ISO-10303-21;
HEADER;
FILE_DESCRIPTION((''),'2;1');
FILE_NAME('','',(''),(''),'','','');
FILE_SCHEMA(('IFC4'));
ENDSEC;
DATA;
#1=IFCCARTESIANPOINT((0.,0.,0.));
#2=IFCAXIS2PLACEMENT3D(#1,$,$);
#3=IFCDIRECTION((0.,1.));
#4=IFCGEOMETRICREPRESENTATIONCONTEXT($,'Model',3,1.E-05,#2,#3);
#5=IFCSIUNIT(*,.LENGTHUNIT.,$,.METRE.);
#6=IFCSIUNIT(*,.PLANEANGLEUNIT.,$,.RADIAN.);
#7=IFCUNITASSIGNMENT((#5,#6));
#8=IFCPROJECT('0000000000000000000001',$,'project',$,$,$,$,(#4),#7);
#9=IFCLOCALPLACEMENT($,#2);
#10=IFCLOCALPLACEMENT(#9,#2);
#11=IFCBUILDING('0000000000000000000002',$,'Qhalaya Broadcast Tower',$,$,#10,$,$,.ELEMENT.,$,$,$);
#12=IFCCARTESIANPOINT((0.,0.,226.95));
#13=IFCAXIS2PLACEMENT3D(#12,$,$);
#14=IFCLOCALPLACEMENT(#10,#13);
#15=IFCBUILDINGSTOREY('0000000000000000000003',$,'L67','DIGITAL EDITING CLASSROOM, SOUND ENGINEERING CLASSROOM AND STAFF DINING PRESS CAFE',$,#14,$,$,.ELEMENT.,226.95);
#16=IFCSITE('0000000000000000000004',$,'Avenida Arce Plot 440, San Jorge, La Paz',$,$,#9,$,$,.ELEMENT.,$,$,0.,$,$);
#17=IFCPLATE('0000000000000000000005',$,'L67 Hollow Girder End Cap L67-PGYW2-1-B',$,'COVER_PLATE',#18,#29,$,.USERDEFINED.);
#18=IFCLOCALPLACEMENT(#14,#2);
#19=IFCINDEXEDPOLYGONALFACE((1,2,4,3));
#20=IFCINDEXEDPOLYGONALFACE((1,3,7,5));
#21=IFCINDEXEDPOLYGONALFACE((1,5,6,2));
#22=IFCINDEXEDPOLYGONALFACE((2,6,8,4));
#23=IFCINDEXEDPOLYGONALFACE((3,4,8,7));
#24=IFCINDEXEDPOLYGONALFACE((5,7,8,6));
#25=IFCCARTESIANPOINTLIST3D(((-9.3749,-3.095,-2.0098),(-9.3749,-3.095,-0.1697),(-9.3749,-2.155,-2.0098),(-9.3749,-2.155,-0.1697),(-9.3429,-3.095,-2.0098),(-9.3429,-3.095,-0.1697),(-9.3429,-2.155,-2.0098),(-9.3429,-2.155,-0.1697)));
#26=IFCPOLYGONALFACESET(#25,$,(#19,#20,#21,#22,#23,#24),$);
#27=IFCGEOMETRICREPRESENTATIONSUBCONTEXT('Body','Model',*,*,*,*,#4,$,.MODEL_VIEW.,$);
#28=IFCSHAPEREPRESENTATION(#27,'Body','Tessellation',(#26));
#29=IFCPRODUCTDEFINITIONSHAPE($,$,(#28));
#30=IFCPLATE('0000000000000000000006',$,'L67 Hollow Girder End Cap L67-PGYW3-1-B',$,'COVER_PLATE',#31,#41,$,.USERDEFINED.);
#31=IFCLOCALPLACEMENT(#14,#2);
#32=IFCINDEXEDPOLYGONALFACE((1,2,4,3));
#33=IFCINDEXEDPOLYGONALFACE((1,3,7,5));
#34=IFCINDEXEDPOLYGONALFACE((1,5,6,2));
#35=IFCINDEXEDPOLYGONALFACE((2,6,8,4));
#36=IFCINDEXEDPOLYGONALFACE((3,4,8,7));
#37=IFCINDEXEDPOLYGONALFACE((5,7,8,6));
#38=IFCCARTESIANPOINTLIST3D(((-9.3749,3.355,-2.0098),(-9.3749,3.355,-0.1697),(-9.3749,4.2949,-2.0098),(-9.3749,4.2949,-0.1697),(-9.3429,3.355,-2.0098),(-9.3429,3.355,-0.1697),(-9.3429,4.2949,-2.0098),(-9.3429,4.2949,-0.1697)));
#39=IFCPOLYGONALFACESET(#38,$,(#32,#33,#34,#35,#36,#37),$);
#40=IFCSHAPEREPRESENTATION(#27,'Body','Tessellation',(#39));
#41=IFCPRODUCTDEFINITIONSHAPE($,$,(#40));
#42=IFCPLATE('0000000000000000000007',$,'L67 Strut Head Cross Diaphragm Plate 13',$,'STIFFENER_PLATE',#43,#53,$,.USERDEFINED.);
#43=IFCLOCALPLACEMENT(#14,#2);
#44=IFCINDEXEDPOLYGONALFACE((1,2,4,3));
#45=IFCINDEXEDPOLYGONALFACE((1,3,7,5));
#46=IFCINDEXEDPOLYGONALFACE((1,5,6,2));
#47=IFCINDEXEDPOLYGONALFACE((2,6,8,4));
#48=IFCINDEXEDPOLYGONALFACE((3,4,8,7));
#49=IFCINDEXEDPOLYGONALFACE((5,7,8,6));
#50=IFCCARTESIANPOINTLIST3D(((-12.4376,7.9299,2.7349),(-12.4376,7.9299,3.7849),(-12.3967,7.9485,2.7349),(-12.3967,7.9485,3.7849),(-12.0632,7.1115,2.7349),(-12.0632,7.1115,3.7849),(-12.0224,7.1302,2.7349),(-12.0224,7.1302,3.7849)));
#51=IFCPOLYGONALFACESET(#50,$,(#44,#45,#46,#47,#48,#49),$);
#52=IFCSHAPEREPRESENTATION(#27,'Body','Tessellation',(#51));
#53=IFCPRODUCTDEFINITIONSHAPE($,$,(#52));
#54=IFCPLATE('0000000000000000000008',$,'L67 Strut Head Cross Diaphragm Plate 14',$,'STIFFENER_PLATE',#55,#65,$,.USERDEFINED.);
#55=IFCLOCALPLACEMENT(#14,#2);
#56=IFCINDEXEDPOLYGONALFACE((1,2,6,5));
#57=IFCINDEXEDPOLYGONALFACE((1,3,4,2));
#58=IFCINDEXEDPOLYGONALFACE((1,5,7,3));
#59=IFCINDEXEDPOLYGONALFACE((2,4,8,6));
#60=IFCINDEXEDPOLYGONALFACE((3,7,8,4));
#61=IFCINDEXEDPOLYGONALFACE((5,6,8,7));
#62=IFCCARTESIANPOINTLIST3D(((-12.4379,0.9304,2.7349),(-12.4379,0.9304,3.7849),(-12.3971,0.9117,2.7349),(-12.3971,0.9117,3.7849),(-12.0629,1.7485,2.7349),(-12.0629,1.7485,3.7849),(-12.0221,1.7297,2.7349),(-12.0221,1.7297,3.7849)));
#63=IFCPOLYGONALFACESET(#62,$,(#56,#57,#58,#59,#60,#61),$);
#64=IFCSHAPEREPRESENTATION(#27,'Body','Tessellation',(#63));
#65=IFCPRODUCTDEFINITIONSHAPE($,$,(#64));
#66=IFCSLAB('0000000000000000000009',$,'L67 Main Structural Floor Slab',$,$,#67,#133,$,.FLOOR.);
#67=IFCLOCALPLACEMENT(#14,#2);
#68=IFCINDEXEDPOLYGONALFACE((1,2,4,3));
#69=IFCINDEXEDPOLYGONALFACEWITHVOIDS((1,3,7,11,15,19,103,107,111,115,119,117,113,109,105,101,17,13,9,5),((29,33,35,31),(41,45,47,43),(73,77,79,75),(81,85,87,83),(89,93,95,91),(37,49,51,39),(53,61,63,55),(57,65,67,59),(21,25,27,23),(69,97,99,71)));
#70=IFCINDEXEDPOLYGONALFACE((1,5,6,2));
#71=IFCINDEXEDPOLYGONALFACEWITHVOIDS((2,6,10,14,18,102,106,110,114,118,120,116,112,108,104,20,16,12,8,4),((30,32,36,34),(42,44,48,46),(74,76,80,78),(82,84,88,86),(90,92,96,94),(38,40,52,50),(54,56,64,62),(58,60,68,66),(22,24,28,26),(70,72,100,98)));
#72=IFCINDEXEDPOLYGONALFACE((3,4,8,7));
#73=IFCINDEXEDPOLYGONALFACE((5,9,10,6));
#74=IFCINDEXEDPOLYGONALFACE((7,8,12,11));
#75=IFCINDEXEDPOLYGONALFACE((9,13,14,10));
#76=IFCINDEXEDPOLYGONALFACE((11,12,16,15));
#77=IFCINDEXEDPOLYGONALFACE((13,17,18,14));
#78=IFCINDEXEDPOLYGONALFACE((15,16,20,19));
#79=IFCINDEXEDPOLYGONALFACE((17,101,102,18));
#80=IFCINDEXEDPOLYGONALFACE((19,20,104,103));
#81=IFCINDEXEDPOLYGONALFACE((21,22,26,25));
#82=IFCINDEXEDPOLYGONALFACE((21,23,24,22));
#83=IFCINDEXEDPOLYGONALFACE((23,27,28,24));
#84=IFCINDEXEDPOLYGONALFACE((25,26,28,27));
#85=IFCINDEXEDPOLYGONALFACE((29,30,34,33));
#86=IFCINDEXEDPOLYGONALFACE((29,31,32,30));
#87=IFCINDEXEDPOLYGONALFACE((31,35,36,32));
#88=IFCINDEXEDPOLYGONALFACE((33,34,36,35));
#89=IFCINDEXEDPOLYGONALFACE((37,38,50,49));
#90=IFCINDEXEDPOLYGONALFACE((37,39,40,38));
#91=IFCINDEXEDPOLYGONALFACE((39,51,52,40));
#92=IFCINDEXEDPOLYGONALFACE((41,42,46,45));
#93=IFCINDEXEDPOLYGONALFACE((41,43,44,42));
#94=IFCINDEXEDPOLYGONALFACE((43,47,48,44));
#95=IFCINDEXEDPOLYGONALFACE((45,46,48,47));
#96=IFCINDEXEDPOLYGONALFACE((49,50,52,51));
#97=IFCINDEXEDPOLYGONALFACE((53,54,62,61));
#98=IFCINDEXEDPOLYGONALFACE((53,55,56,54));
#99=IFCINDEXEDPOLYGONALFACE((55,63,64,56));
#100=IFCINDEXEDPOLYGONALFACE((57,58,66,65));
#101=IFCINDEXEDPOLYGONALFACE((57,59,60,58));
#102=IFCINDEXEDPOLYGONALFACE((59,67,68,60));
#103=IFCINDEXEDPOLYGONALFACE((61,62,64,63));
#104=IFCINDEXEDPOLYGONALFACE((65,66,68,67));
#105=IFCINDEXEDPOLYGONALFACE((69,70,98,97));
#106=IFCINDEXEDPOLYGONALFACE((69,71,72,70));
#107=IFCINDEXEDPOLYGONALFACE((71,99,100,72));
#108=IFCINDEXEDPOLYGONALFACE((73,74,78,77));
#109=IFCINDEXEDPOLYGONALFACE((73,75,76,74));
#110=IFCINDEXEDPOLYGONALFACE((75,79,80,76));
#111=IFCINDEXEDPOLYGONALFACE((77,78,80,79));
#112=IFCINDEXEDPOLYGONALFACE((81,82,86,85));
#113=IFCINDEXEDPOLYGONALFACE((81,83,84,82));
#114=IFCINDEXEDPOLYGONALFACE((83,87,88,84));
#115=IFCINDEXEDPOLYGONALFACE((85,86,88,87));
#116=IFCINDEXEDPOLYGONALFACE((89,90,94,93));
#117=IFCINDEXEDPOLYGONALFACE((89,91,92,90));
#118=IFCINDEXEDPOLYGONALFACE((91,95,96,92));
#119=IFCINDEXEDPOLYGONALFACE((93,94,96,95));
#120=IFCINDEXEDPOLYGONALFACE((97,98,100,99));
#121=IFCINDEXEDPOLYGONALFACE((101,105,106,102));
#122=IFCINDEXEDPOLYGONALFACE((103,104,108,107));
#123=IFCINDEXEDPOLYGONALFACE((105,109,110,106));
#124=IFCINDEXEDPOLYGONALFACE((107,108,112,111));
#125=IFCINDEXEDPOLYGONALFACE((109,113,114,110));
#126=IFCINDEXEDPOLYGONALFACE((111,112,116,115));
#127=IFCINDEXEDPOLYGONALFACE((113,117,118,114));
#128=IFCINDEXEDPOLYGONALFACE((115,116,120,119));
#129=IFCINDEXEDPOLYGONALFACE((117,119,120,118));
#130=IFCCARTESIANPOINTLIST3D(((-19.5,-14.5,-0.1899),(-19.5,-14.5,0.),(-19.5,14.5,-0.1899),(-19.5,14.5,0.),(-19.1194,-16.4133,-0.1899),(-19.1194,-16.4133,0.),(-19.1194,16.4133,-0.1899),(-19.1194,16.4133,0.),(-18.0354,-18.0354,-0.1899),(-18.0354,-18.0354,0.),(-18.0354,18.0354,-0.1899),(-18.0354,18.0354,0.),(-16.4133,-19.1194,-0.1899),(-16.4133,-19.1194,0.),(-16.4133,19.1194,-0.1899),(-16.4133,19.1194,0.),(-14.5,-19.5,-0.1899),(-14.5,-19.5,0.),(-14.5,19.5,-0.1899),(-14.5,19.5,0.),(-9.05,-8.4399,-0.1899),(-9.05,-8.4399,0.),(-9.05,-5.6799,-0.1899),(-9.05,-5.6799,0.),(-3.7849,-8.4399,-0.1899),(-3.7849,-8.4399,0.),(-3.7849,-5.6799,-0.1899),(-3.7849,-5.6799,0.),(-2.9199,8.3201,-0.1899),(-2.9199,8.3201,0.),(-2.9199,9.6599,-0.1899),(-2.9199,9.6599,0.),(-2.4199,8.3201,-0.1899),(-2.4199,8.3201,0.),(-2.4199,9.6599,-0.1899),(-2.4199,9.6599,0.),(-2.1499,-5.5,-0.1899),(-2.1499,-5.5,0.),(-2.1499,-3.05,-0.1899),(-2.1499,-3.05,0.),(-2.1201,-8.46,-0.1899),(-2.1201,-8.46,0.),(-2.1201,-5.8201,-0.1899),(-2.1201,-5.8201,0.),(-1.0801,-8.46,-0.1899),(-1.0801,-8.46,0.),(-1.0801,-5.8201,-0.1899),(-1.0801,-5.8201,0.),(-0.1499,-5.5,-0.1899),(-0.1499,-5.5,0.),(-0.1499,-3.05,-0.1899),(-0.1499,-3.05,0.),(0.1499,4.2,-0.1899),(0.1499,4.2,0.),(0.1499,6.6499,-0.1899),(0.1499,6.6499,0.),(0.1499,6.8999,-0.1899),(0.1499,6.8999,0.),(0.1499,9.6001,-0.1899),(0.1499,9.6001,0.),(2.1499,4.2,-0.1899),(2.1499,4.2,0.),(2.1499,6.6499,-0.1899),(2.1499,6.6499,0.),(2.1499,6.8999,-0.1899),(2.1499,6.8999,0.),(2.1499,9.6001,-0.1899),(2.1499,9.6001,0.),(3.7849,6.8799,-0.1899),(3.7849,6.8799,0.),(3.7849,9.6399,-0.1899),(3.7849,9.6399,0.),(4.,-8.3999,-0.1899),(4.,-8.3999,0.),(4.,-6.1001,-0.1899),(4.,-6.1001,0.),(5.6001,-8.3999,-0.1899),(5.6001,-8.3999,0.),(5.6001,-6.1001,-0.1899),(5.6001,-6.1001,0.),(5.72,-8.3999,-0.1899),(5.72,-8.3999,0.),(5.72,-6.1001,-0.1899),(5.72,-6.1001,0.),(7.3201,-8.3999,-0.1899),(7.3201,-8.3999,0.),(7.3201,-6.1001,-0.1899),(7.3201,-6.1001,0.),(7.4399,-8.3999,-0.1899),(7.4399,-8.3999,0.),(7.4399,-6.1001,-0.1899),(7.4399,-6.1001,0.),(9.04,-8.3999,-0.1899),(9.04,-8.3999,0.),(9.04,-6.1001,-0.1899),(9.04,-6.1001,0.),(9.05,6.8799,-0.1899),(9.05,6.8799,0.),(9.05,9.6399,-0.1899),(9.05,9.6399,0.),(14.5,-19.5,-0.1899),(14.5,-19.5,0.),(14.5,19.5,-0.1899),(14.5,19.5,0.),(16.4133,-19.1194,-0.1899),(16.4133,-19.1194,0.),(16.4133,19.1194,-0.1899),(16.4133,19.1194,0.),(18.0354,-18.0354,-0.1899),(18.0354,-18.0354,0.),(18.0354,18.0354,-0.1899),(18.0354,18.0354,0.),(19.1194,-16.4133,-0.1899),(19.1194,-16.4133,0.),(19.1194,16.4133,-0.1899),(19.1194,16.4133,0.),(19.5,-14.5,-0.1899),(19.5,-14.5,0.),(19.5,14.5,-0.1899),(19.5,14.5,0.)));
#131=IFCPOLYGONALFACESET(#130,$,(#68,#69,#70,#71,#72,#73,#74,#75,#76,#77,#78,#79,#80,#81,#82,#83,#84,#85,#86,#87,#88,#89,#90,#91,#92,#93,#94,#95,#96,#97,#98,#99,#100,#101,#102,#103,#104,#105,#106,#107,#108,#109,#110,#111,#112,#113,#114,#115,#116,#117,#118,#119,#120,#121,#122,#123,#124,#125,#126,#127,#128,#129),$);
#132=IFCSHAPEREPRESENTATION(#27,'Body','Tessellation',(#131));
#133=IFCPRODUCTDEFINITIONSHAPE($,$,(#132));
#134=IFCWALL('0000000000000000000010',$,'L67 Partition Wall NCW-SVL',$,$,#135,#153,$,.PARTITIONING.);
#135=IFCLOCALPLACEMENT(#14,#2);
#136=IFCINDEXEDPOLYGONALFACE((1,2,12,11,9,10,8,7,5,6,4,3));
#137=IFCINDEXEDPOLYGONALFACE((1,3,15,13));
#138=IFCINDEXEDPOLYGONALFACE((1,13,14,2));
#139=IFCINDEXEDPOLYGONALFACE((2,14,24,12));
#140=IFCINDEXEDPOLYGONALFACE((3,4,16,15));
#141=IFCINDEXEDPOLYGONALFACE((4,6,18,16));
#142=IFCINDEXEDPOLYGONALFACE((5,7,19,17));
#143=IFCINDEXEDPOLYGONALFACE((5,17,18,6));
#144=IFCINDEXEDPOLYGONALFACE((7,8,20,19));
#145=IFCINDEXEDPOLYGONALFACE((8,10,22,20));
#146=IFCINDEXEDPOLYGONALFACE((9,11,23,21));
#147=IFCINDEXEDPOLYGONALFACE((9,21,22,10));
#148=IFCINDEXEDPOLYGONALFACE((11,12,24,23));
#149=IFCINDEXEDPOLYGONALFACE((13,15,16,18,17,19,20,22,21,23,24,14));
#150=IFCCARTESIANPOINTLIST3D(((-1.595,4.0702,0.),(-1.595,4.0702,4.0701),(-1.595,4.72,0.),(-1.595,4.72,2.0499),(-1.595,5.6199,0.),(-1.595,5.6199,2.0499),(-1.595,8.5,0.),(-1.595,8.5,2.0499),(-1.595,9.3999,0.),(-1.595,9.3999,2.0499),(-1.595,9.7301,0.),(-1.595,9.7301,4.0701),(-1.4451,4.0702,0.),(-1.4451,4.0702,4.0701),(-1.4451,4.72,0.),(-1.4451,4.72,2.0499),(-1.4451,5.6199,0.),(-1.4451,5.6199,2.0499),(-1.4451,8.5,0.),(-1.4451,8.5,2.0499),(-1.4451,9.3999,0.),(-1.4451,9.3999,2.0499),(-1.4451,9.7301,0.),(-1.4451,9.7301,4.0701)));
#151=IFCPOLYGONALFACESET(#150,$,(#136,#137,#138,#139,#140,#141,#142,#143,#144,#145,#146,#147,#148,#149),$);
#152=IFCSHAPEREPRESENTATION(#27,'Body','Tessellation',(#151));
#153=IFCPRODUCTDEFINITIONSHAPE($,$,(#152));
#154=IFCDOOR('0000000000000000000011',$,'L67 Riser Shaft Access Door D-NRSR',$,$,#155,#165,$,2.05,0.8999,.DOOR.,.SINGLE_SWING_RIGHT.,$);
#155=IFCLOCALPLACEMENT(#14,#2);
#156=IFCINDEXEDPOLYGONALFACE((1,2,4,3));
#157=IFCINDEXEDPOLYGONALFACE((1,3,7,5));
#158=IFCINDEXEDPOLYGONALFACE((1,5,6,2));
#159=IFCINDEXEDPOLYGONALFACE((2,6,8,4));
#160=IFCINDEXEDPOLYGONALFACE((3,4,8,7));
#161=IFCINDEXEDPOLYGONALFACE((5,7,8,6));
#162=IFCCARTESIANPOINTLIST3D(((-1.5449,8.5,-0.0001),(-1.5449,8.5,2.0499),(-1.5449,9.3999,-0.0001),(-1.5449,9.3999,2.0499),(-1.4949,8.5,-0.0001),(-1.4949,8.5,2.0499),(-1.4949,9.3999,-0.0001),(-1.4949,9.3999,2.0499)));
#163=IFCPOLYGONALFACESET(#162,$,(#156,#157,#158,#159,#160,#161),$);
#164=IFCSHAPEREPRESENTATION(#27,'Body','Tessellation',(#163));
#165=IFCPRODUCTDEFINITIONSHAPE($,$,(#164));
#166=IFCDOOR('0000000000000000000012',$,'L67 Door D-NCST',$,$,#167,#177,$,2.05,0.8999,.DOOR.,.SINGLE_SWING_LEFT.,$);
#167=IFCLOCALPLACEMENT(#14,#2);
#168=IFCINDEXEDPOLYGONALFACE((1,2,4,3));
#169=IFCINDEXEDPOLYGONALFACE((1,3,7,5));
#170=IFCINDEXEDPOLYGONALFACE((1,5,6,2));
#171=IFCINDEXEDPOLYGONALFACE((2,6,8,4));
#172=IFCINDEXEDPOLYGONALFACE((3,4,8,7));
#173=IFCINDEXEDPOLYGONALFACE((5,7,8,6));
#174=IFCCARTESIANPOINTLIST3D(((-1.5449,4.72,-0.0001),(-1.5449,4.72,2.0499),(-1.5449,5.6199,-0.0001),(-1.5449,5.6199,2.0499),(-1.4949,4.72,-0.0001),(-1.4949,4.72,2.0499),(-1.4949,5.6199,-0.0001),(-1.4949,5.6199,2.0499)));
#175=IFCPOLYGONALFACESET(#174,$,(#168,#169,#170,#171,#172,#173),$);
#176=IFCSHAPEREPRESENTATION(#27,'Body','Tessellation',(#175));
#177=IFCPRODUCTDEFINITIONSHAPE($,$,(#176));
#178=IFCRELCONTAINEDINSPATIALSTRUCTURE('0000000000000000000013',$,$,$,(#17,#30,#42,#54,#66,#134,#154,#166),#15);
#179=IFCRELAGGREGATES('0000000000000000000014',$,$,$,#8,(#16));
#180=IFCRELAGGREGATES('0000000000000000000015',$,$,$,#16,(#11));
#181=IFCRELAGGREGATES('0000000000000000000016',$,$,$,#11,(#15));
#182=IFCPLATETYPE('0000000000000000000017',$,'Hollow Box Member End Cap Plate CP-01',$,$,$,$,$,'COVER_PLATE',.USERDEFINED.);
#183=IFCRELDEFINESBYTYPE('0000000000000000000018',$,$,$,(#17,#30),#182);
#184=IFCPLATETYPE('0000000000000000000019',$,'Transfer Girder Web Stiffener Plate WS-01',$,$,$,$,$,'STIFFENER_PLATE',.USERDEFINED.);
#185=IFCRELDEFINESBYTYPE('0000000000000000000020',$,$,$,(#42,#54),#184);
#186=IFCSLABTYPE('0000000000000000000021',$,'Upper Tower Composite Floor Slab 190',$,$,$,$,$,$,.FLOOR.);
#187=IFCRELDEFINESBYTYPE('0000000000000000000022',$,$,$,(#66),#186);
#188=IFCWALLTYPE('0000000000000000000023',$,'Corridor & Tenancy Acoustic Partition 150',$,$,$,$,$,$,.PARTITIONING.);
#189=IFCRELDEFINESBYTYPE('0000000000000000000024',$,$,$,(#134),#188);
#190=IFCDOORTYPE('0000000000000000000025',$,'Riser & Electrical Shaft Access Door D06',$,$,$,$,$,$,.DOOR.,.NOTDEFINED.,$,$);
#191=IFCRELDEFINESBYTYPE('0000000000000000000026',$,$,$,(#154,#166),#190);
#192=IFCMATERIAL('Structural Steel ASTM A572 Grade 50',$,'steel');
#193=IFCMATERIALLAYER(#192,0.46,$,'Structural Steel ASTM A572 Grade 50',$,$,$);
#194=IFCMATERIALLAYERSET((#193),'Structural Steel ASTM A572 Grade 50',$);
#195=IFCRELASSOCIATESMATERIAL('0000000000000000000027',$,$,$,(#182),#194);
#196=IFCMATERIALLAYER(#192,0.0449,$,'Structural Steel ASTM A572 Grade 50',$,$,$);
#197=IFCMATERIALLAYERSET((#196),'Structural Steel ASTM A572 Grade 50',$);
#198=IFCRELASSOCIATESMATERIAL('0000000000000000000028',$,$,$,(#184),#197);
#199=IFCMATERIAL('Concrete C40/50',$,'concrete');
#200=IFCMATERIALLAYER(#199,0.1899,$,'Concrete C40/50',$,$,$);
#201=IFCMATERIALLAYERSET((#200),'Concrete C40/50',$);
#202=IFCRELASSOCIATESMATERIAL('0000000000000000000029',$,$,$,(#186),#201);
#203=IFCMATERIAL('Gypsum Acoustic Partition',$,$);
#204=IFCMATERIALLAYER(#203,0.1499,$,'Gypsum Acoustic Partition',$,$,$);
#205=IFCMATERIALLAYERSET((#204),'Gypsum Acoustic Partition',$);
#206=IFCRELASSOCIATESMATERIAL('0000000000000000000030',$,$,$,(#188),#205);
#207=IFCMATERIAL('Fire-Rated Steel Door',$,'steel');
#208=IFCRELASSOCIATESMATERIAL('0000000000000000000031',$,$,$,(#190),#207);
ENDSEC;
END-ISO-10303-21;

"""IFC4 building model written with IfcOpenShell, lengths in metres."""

from ifc_helpers import new_model, si_unit, direction, frame, frame_2d, origin, origin_2d, place, context, subcontext, project, spatial, polyline, rectangle, outline, extrude, material, layer, layer_set, type_object, element, fill, save


model = new_model("IFC4")

# Units and contexts
model_context = context("Model", 3, precision=1e-05, world=origin(), true_north=direction((0.0, 1.0)))
body_context = subcontext(model_context, "Body", "Model", "MODEL_VIEW")
ifc_project = project(units=[si_unit("LENGTHUNIT", "METRE"), si_unit("PLANEANGLEUNIT", "RADIAN")], contexts=[model_context])

# Site, building, storey
site_placement = place(None, origin())
site = spatial("IfcSite", under=ifc_project, at=site_placement, Name="Avenida Arce Plot 440, San Jorge, La Paz", CompositionType="ELEMENT", RefElevation=0.0)
building_placement = place(site_placement, origin())
building = spatial("IfcBuilding", under=site, at=building_placement, Name="Qhalaya Broadcast Tower", CompositionType="ELEMENT")
storey_placement = place(building_placement, frame((0.0, 0.0, 226.95)))
storey = spatial("IfcBuildingStorey", under=building, at=storey_placement, Name="L67", Description="DIGITAL EDITING CLASSROOM, SOUND ENGINEERING CLASSROOM AND STAFF DINING PRESS CAFE", CompositionType="ELEMENT", Elevation=226.95)

# Plates
ifc_material_1 = material(Name="Structural Steel ASTM A572 Grade 50", Category="steel")
ifc_layer_1 = layer(ifc_material_1, 0.46, Name="Structural Steel ASTM A572 Grade 50")
ifc_layer_set_1 = layer_set([ifc_layer_1], Name="Structural Steel ASTM A572 Grade 50")
plate_type_1 = type_object("IfcPlateType", Name="Hollow Box Member End Cap Plate CP-01", ElementType="COVER_PLATE", PredefinedType="USERDEFINED", material=ifc_layer_set_1)
for number, where, z_axis, x_axis, name in (
    (1, (-9.3589, -2.625, -2.0098), (0.0, 0.0, 1.0), (0.0, 1.0, 0.0), "L67 Hollow Girder End Cap L67-PGYW2-1-B"),
    (2, (-9.3589, 3.825, -2.0098), (0.0, 0.0, 1.0), (0.0, 1.0, 0.0), "L67 Hollow Girder End Cap L67-PGYW3-1-B"),
):
    element("IfcPlate", number, at=place(storey_placement, frame(where, z_axis=z_axis, x_axis=x_axis)), inside=storey, type_object=plate_type_1, Name=name, ObjectType="COVER_PLATE", PredefinedType="USERDEFINED", context=body_context, shape_type="SweptSolid", body=[
        extrude(rectangle(XDim=0.9399, YDim=0.032, at=origin_2d()), origin(), (0.0, 0.0, 1.0), 1.8401),
    ])
ifc_layer_2 = layer(ifc_material_1, 0.0449, Name="Structural Steel ASTM A572 Grade 50")
ifc_layer_set_2 = layer_set([ifc_layer_2], Name="Structural Steel ASTM A572 Grade 50")
plate_type_2 = type_object("IfcPlateType", Name="Transfer Girder Web Stiffener Plate WS-01", ElementType="STIFFENER_PLATE", PredefinedType="USERDEFINED", material=ifc_layer_set_2)
for number, where, z_axis, x_axis, name in (
    (3, (-12.23, 7.53, 2.7349), (0.0, 0.0, 1.0), (-0.415963, 0.909381, 0.0), "L67 Strut Head Cross Diaphragm Plate 13"),
    (4, (-12.23, 1.3301, 2.7349), (0.0, 0.0, 1.0), (0.416693, 0.909047, 0.0), "L67 Strut Head Cross Diaphragm Plate 14"),
):
    element("IfcPlate", number, at=place(storey_placement, frame(where, z_axis=z_axis, x_axis=x_axis)), inside=storey, type_object=plate_type_2, Name=name, ObjectType="STIFFENER_PLATE", PredefinedType="USERDEFINED", context=body_context, shape_type="SweptSolid", body=[
        extrude(rectangle(XDim=0.8999, YDim=0.0449, at=origin_2d()), origin(), (0.0, 0.0, 1.0), 1.05),
    ])

# Slab
ifc_material_2 = material(Name="Concrete C40/50", Category="concrete")
ifc_layer_3 = layer(ifc_material_2, 0.1899, Name="Concrete C40/50")
ifc_layer_set_3 = layer_set([ifc_layer_3], Name="Concrete C40/50")
slab_type = type_object("IfcSlabType", Name="Upper Tower Composite Floor Slab 190", PredefinedType="FLOOR", material=ifc_layer_set_3)
slab_placement = place(storey_placement, frame((0.0, 0.0, -0.1899)))
element("IfcSlab", 5, at=slab_placement, inside=storey, type_object=slab_type, Name="L67 Main Structural Floor Slab", PredefinedType="FLOOR", context=body_context, shape_type="SweptSolid", body=[
    extrude(outline(polyline([(14.5, -19.5), (16.4133, -19.1194), (18.0354, -18.0354), (19.1194, -16.4133), (19.5, -14.5), (19.5, 14.5), (19.1194, 16.4133), (18.0354, 18.0354), (16.4133, 19.1194), (14.5, 19.5), (-14.5, 19.5), (-16.4133, 19.1194), (-18.0354, 18.0354), (-19.1194, 16.4133), (-19.5, 14.5), (-19.5, -14.5), (-19.1194, -16.4133), (-18.0354, -18.0354), (-16.4133, -19.1194), (-14.5, -19.5), (14.5, -19.5)]), holes=[polyline([(3.7849, 9.6399), (9.05, 9.6399), (9.05, 6.8799), (3.7849, 6.8799), (3.7849, 9.6399)]), polyline([(-3.7849, -8.4399), (-9.05, -8.4399), (-9.05, -5.6799), (-3.7849, -5.6799), (-3.7849, -8.4399)]), polyline([(0.1499, 6.6499), (2.1499, 6.6499), (2.1499, 4.2), (0.1499, 4.2), (0.1499, 6.6499)]), polyline([(0.1499, 9.6001), (2.1499, 9.6001), (2.1499, 6.8999), (0.1499, 6.8999), (0.1499, 9.6001)]), polyline([(-2.1499, -3.05), (-0.1499, -3.05), (-0.1499, -5.5), (-2.1499, -5.5), (-2.1499, -3.05)]), polyline([(4.0, -6.1001), (5.6001, -6.1001), (5.6001, -8.3999), (4.0, -8.3999), (4.0, -6.1001)]), polyline([(5.72, -6.1001), (7.3201, -6.1001), (7.3201, -8.3999), (5.72, -8.3999), (5.72, -6.1001)]), polyline([(7.4399, -6.1001), (9.04, -6.1001), (9.04, -8.3999), (7.4399, -8.3999), (7.4399, -6.1001)]), polyline([(-2.9199, 9.6599), (-2.4199, 9.6599), (-2.4199, 8.3201), (-2.9199, 8.3201), (-2.9199, 9.6599)]), polyline([(-2.1201, -5.8201), (-1.0801, -5.8201), (-1.0801, -8.46), (-2.1201, -8.46), (-2.1201, -5.8201)])]), origin(), (0.0, 0.0, 1.0), 0.1899),
])

# Wall, openings, doors
ifc_material_3 = material(Name="Gypsum Acoustic Partition")
ifc_layer_4 = layer(ifc_material_3, 0.1499, Name="Gypsum Acoustic Partition")
ifc_layer_set_4 = layer_set([ifc_layer_4], Name="Gypsum Acoustic Partition")
wall_type_1 = type_object("IfcWallType", Name="Corridor & Tenancy Acoustic Partition 150", PredefinedType="PARTITIONING", material=ifc_layer_set_4)
wall_1_placement = place(storey_placement, frame((-1.52, 4.0701, 0.0), z_axis=(0.0, 0.0, 1.0), x_axis=(0.0, 1.0, 0.0)))
wall_1 = element("IfcWall", 6, at=wall_1_placement, inside=storey, type_object=wall_type_1, Name="L67 Partition Wall NCW-SVL", PredefinedType="PARTITIONING", context=body_context, shape_type="SweptSolid", body=[
    extrude(rectangle(XDim=5.6599, YDim=0.1499, at=frame_2d((2.8301, 0.0))), origin(), (0.0, 0.0, 1.0), 4.0701),
])
opening_1_placement = place(wall_1_placement, frame((4.4299, 0.0, 0.0)))
opening_1 = element("IfcOpeningElement", 7, at=opening_1_placement, cuts=wall_1, PredefinedType="OPENING", context=body_context, shape_type="SweptSolid", body=[
    extrude(rectangle(XDim=0.8999, YDim=2.05, at=frame_2d((0.45, 1.0249))), frame((0.0, 0.0869, 0.0), z_axis=(0.0, -1.0, 0.0), x_axis=(1.0, 0.0, 0.0)), (0.0, 0.0, 1.0), 0.1738),
])
opening_2_placement = place(wall_1_placement, frame((0.6499, 0.0, 0.0)))
opening_2 = element("IfcOpeningElement", 8, at=opening_2_placement, cuts=wall_1, PredefinedType="OPENING", context=body_context, shape_type="SweptSolid", body=[
    extrude(rectangle(XDim=0.8999, YDim=2.05, at=frame_2d((0.45, 1.0249))), frame((0.0, 0.0869, 0.0), z_axis=(0.0, -1.0, 0.0), x_axis=(1.0, 0.0, 0.0)), (0.0, 0.0, 1.0), 0.1738),
])
ifc_material_4 = material(Name="Fire-Rated Steel Door", Category="steel")
door_type_1 = type_object("IfcDoorType", Name="Riser & Electrical Shaft Access Door D06", OperationType="NOTDEFINED", PredefinedType="DOOR", material=ifc_material_4)
door_1_placement = place(opening_1_placement, origin())
door_1 = element("IfcDoor", 9, at=door_1_placement, inside=storey, type_object=door_type_1, Name="L67 Riser Shaft Access Door D-NRSR", OperationType="SINGLE_SWING_RIGHT", OverallHeight=2.05, OverallWidth=0.8999, PredefinedType="DOOR", context=body_context, shape_type="SweptSolid", body=[
    extrude(rectangle(XDim=0.8999, YDim=2.05, at=frame_2d((0.45, 1.0249))), frame((0.0, 0.0249, 0.0), z_axis=(0.0, -1.0, 0.0), x_axis=(1.0, 0.0, 0.0)), (0.0, 0.0, 1.0), 0.05),
])
fill(opening_1, door_1)
door_2_placement = place(opening_2_placement, origin())
door_2 = element("IfcDoor", 10, at=door_2_placement, inside=storey, type_object=door_type_1, Name="L67 Door D-NCST", OperationType="SINGLE_SWING_LEFT", OverallHeight=2.05, OverallWidth=0.8999, PredefinedType="DOOR", context=body_context, shape_type="SweptSolid", body=[
    extrude(rectangle(XDim=0.8999, YDim=2.05, at=frame_2d((0.45, 1.0249))), frame((0.0, 0.0249, 0.0), z_axis=(0.0, -1.0, 0.0), x_axis=(1.0, 0.0, 0.0)), (0.0, 0.0, 1.0), 0.05),
])
fill(opening_2, door_2)

save(model, "model.ifc")
